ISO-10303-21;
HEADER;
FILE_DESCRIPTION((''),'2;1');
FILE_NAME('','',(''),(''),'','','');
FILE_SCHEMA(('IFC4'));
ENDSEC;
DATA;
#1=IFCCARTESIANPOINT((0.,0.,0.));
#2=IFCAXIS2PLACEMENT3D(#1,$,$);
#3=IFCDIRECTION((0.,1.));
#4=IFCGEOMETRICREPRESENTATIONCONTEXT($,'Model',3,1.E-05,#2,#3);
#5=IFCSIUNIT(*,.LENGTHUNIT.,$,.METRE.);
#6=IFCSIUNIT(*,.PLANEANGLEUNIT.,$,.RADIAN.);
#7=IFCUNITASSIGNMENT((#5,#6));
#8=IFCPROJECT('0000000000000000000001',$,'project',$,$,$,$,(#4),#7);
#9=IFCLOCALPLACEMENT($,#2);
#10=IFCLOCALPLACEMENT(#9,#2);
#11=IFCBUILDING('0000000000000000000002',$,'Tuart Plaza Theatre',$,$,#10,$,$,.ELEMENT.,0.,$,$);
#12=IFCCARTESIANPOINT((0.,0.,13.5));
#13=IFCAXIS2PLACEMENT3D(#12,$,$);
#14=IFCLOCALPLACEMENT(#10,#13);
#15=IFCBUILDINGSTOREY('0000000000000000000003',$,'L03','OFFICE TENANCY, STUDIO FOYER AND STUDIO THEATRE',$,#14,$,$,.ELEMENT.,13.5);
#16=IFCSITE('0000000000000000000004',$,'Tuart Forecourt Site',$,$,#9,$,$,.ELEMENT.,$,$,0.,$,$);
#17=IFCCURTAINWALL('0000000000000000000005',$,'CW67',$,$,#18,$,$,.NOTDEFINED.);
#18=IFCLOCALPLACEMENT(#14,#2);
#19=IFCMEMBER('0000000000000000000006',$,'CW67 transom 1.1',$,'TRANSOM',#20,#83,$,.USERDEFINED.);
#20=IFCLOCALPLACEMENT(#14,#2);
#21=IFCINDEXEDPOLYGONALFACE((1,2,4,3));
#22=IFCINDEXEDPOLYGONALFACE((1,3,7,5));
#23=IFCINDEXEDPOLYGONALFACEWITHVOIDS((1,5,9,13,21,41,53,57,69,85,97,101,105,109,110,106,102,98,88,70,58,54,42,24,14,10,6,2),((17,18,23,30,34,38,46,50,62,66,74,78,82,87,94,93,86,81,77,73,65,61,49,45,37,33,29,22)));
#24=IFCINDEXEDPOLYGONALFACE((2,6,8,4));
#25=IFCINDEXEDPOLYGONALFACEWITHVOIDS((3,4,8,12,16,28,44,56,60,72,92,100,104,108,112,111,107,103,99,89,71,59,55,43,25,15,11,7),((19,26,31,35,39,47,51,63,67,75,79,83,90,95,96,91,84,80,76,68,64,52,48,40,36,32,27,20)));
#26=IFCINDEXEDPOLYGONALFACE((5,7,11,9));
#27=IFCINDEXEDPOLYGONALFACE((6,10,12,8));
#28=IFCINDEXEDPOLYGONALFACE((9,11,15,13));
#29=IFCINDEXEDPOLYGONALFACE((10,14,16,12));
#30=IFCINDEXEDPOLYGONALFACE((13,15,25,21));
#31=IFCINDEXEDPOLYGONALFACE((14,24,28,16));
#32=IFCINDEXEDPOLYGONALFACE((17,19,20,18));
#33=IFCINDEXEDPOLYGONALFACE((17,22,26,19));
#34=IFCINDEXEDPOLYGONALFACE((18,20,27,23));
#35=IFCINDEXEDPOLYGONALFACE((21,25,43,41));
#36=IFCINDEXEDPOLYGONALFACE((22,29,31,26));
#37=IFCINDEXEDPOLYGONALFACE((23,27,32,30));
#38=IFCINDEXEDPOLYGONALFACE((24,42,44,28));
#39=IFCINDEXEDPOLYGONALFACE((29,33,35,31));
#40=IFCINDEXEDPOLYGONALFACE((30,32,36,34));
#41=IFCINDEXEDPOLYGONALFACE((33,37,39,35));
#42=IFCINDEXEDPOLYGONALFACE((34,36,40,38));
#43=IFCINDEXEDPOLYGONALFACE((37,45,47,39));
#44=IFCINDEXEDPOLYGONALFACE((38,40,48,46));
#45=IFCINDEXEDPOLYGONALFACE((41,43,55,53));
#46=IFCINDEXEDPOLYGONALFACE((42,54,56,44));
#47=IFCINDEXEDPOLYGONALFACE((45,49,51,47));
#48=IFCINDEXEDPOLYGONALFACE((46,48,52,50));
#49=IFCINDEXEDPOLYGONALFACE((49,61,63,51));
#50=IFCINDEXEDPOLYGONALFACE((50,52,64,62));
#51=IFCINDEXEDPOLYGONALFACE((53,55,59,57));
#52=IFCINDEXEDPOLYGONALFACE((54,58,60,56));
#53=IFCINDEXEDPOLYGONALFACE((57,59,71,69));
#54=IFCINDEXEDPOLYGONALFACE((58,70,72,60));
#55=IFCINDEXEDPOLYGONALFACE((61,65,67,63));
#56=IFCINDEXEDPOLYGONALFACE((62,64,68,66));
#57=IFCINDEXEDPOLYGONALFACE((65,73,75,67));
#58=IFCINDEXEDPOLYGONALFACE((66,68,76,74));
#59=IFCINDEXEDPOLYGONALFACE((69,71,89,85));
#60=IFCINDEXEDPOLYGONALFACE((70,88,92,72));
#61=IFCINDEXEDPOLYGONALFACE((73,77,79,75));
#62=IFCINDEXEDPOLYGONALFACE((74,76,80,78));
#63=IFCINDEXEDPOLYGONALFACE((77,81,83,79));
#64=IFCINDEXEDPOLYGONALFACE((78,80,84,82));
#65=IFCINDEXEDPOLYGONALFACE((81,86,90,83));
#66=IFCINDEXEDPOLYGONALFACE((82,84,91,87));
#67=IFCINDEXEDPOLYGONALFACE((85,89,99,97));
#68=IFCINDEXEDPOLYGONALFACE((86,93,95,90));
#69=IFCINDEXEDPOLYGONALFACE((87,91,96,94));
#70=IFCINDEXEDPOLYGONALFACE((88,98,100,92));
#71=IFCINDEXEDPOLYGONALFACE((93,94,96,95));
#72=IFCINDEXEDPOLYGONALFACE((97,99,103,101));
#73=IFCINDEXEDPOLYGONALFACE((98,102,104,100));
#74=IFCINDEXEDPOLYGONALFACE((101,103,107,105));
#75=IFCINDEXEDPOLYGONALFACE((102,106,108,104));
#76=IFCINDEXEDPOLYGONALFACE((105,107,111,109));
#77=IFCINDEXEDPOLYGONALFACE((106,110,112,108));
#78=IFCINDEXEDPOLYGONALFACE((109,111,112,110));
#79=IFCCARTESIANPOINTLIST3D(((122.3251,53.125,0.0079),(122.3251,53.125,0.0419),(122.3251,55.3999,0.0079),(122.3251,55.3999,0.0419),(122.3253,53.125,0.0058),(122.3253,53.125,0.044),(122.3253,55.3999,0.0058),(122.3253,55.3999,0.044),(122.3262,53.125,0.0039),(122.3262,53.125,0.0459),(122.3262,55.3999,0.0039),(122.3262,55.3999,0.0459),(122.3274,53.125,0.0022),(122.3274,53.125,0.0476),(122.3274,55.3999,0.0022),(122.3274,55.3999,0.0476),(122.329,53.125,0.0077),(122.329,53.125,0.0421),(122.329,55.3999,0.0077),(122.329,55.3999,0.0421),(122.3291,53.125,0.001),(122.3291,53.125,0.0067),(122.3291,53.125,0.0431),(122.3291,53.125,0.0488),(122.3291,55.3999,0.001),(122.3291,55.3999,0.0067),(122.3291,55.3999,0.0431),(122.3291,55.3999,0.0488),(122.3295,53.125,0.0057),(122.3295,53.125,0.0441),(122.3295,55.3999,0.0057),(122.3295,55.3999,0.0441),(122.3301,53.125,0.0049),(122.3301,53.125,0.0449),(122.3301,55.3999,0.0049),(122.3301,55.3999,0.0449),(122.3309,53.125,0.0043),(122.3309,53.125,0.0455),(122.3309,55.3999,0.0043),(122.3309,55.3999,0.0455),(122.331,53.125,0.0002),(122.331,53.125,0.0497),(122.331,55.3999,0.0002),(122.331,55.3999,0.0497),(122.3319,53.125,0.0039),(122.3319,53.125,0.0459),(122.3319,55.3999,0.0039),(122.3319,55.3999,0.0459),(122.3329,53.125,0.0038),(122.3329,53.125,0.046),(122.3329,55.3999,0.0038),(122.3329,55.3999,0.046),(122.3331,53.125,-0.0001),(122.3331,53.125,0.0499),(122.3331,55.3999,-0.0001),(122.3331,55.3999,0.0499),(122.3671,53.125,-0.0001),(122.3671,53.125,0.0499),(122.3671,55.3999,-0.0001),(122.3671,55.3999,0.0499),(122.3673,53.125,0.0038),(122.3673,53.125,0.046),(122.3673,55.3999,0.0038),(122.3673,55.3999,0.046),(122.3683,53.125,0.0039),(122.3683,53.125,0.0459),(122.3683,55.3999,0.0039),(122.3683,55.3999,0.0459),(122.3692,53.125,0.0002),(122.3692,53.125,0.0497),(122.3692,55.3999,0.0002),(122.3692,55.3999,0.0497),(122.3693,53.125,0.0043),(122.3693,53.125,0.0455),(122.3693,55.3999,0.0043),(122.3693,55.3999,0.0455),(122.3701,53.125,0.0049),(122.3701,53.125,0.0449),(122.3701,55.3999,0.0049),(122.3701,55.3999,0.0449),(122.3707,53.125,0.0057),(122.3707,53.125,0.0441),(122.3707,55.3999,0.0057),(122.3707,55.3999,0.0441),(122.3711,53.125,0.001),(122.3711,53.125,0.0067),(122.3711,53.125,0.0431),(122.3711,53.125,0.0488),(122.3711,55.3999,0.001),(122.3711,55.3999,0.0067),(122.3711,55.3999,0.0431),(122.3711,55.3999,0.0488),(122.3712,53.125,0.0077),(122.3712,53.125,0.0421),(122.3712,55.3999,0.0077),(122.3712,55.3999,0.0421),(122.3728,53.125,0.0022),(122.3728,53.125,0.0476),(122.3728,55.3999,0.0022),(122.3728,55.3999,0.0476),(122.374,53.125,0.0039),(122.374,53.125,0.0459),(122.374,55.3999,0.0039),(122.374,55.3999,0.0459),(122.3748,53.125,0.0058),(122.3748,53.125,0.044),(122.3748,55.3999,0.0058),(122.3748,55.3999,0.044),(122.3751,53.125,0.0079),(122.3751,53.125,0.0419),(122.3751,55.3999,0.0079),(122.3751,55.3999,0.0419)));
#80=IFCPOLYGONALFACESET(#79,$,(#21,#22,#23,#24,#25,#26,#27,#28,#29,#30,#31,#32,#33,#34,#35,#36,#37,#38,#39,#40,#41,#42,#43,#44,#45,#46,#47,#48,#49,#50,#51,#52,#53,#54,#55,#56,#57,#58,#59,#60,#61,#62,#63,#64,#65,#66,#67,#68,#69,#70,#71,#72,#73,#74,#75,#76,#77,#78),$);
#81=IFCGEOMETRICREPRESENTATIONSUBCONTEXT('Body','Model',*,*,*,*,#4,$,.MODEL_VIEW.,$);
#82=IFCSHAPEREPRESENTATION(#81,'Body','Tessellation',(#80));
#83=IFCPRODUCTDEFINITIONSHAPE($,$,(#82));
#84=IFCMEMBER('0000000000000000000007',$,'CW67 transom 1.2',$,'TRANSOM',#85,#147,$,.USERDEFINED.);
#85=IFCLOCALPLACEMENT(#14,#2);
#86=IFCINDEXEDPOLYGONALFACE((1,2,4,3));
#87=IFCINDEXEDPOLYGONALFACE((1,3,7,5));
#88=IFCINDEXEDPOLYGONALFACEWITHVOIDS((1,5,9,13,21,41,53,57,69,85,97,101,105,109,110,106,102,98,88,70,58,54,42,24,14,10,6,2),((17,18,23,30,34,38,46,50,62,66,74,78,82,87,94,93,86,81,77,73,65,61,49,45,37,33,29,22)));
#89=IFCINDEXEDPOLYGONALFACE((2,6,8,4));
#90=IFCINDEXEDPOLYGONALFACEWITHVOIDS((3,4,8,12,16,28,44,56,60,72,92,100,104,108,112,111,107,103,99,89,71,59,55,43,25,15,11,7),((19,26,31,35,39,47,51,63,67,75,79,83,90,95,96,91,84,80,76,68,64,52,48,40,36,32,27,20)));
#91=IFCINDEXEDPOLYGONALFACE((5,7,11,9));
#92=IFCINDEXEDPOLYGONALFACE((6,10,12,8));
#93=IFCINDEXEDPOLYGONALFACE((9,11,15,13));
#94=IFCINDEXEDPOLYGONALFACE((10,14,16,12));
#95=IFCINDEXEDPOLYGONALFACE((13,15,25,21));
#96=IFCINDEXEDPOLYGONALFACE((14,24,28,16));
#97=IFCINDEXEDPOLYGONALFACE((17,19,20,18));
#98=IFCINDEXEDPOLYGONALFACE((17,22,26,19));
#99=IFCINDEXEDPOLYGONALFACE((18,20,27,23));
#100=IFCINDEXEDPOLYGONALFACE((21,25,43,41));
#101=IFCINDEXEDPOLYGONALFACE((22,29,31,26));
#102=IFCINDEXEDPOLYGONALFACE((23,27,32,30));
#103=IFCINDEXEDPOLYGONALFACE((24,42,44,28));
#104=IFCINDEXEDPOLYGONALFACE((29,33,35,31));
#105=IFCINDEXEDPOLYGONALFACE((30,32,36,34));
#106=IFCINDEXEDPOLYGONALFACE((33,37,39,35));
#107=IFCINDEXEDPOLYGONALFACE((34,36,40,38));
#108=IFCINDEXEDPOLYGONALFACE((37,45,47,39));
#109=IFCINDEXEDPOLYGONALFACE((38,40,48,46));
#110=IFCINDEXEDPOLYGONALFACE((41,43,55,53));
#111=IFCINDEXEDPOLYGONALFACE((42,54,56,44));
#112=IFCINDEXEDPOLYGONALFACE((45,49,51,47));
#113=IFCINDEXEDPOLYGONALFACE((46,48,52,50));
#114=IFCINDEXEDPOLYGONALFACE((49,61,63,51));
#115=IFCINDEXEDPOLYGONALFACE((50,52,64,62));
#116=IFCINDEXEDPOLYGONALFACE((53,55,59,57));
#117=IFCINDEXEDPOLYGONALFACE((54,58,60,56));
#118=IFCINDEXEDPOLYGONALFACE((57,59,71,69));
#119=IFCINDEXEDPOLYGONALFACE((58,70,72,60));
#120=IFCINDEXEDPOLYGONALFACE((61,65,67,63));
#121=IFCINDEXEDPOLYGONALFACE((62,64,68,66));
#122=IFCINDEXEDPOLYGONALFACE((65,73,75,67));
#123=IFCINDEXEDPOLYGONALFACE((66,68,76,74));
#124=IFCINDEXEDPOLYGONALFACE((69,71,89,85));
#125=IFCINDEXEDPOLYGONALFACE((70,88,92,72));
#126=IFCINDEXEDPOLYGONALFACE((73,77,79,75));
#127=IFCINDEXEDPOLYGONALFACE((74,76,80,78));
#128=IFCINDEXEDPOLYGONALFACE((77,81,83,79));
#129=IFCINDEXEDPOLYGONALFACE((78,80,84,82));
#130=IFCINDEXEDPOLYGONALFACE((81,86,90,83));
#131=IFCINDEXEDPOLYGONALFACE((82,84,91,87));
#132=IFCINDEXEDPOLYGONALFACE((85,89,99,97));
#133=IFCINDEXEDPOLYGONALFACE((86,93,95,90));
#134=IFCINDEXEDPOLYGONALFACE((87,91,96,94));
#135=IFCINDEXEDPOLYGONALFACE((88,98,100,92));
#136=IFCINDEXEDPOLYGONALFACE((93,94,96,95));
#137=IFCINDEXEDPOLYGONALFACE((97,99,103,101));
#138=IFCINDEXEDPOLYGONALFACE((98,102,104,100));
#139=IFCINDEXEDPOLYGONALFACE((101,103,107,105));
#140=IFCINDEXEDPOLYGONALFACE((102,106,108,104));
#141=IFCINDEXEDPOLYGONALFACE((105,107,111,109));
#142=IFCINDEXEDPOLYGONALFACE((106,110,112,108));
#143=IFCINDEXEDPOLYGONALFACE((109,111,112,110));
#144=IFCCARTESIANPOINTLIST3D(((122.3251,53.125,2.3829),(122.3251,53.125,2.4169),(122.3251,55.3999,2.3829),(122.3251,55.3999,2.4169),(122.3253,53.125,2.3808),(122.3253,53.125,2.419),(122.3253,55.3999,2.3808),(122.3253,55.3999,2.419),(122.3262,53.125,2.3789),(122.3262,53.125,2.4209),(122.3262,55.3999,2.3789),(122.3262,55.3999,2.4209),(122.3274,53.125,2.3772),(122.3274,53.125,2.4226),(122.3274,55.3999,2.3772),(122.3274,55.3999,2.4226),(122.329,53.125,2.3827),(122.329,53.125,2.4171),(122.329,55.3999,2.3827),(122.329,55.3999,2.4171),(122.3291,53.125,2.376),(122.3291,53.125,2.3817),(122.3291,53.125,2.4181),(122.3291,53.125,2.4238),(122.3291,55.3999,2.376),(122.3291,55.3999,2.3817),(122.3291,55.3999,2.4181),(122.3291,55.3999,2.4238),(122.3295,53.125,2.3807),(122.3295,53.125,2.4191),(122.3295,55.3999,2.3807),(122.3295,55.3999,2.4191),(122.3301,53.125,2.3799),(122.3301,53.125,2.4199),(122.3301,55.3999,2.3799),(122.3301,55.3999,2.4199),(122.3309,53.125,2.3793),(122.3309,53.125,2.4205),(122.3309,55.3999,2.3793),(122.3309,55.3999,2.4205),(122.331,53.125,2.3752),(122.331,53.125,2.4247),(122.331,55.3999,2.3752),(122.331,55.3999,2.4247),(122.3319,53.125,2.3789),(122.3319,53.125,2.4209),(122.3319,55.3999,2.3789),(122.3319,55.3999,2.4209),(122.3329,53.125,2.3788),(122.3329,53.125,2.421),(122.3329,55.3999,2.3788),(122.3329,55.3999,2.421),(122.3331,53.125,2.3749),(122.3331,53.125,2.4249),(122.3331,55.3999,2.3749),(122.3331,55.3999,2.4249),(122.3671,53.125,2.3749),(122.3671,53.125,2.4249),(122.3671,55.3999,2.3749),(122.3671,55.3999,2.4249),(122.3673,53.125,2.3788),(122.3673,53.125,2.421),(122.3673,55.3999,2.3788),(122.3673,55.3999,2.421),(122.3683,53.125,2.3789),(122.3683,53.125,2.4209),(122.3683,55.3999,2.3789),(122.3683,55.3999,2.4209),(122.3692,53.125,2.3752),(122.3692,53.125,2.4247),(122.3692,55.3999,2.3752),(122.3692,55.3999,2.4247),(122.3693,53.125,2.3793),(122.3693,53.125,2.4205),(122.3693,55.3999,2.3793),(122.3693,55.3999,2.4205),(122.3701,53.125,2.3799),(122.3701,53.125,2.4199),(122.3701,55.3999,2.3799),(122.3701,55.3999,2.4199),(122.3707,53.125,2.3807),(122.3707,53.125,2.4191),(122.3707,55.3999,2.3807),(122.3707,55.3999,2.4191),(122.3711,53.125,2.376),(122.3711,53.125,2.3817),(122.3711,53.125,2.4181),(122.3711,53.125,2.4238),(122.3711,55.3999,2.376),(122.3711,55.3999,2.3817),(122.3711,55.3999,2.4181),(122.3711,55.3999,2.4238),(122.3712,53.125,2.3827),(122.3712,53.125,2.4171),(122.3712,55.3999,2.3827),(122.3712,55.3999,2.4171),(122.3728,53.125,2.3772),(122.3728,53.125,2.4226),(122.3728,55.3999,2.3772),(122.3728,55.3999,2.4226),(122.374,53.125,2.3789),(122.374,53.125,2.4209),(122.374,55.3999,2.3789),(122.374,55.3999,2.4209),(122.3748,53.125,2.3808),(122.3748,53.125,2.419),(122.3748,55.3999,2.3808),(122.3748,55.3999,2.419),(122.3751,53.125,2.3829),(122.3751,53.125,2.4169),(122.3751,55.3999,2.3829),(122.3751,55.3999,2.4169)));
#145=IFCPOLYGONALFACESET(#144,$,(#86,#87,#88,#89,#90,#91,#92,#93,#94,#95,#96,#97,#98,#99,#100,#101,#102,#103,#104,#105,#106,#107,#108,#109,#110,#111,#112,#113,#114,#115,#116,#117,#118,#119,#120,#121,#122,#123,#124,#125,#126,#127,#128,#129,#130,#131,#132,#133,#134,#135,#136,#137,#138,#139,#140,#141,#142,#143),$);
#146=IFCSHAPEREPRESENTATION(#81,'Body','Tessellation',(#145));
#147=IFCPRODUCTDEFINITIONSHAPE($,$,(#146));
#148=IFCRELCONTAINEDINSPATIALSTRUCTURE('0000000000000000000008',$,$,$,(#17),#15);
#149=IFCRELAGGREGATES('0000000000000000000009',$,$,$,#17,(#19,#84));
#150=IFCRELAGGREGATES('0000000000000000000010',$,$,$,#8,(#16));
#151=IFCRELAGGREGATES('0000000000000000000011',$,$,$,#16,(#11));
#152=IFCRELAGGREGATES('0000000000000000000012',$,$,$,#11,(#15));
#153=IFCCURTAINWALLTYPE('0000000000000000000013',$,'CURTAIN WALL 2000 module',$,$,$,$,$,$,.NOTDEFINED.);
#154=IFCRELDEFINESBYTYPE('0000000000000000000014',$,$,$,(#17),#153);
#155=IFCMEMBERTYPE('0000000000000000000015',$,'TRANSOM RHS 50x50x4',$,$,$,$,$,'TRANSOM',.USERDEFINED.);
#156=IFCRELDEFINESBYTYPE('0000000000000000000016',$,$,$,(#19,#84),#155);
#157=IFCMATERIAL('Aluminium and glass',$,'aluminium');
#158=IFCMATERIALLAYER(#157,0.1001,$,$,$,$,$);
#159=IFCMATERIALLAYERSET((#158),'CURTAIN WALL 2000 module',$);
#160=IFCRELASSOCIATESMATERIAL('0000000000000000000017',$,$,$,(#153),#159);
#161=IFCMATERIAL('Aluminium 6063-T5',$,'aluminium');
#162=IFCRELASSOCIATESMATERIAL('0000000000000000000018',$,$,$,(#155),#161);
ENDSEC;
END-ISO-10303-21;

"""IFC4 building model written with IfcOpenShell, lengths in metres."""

from ifc_helpers import new_model, si_unit, direction, frame, origin, origin_2d, place, context, subcontext, project, spatial, hollow_rectangle, extrude, material, layer, layer_set, material_profile, profile_set, type_object, element, aggregate, save


model = new_model("IFC4")

# Units and contexts
model_context = context("Model", 3, precision=1e-05, world=origin(), true_north=direction((0.0, 1.0)))
body_context = subcontext(model_context, "Body", "Model", "MODEL_VIEW")
ifc_project = project(units=[si_unit("LENGTHUNIT", "METRE"), si_unit("PLANEANGLEUNIT", "RADIAN")], contexts=[model_context])

# Site, building, storey
site_placement = place(None, origin())
site = spatial("IfcSite", under=ifc_project, at=site_placement, Name="Tuart Forecourt Site", CompositionType="ELEMENT", RefElevation=0.0)
building_placement = place(site_placement, origin())
building = spatial("IfcBuilding", under=site, at=building_placement, Name="Tuart Plaza Theatre", CompositionType="ELEMENT", ElevationOfRefHeight=0.0)
storey_placement = place(building_placement, frame((0.0, 0.0, 13.5)))
storey = spatial("IfcBuildingStorey", under=building, at=storey_placement, Name="L03", Description="OFFICE TENANCY, STUDIO FOYER AND STUDIO THEATRE", CompositionType="ELEMENT", Elevation=13.5)

# Curtain wall
ifc_material_1 = material(Name="Aluminium and glass", Category="aluminium")
ifc_layer_1 = layer(ifc_material_1, 0.1001)
ifc_layer_set_1 = layer_set([ifc_layer_1], Name="CURTAIN WALL 2000 module")
curtain_wall_type = type_object("IfcCurtainWallType", Name="CURTAIN WALL 2000 module", PredefinedType="NOTDEFINED", material=ifc_layer_set_1)
curtain_wall_1_placement = place(storey_placement, origin())
curtain_wall_1 = element("IfcCurtainWall", 1, at=curtain_wall_1_placement, inside=storey, type_object=curtain_wall_type, Name="CW67", PredefinedType="NOTDEFINED")

# Members
ifc_material_2 = material(Name="Aluminium 6063-T5", Category="aluminium")
ifc_material_profile_1 = material_profile(ifc_material_2, hollow_rectangle(XDim=0.05, YDim=0.05, WallThickness=0.0039, InnerFilletRadius=0.0039, OuterFilletRadius=0.0081, at=origin_2d()), Name="RHS 50x50x4")
ifc_profile_set_1 = profile_set([ifc_material_profile_1], Name="Aluminium 6063-T5")
member_type_1 = type_object("IfcMemberType", Name="TRANSOM RHS 50x50x4", ElementType="TRANSOM", PredefinedType="USERDEFINED", material=ifc_profile_set_1)
member_1_placement = place(storey_placement, frame((122.3501, 55.3999, 0.0249), z_axis=(0.0, -1.0, 0.0), x_axis=(1.0, 0.0, 0.0)))
member_1 = element("IfcMember", 2, at=member_1_placement, type_object=member_type_1, Name="CW67 transom 1.1", ObjectType="TRANSOM", PredefinedType="USERDEFINED", context=body_context, shape_type="SweptSolid", body=[
    extrude(hollow_rectangle(XDim=0.05, YDim=0.05, WallThickness=0.0039, InnerFilletRadius=0.0039, OuterFilletRadius=0.0081, at=origin_2d()), origin(), (0.0, 0.0, 1.0), 2.2749),
])
member_2_placement = place(storey_placement, frame((122.3501, 55.3999, 2.3999), z_axis=(0.0, -1.0, 0.0), x_axis=(1.0, 0.0, 0.0)))
member_2 = element("IfcMember", 3, at=member_2_placement, type_object=member_type_1, Name="CW67 transom 1.2", ObjectType="TRANSOM", PredefinedType="USERDEFINED", context=body_context, shape_type="SweptSolid", body=[
    extrude(hollow_rectangle(XDim=0.05, YDim=0.05, WallThickness=0.0039, InnerFilletRadius=0.0039, OuterFilletRadius=0.0081, at=origin_2d()), origin(), (0.0, 0.0, 1.0), 2.2749),
])

aggregate(curtain_wall_1, [member_1, member_2])

save(model, "model.ifc")
